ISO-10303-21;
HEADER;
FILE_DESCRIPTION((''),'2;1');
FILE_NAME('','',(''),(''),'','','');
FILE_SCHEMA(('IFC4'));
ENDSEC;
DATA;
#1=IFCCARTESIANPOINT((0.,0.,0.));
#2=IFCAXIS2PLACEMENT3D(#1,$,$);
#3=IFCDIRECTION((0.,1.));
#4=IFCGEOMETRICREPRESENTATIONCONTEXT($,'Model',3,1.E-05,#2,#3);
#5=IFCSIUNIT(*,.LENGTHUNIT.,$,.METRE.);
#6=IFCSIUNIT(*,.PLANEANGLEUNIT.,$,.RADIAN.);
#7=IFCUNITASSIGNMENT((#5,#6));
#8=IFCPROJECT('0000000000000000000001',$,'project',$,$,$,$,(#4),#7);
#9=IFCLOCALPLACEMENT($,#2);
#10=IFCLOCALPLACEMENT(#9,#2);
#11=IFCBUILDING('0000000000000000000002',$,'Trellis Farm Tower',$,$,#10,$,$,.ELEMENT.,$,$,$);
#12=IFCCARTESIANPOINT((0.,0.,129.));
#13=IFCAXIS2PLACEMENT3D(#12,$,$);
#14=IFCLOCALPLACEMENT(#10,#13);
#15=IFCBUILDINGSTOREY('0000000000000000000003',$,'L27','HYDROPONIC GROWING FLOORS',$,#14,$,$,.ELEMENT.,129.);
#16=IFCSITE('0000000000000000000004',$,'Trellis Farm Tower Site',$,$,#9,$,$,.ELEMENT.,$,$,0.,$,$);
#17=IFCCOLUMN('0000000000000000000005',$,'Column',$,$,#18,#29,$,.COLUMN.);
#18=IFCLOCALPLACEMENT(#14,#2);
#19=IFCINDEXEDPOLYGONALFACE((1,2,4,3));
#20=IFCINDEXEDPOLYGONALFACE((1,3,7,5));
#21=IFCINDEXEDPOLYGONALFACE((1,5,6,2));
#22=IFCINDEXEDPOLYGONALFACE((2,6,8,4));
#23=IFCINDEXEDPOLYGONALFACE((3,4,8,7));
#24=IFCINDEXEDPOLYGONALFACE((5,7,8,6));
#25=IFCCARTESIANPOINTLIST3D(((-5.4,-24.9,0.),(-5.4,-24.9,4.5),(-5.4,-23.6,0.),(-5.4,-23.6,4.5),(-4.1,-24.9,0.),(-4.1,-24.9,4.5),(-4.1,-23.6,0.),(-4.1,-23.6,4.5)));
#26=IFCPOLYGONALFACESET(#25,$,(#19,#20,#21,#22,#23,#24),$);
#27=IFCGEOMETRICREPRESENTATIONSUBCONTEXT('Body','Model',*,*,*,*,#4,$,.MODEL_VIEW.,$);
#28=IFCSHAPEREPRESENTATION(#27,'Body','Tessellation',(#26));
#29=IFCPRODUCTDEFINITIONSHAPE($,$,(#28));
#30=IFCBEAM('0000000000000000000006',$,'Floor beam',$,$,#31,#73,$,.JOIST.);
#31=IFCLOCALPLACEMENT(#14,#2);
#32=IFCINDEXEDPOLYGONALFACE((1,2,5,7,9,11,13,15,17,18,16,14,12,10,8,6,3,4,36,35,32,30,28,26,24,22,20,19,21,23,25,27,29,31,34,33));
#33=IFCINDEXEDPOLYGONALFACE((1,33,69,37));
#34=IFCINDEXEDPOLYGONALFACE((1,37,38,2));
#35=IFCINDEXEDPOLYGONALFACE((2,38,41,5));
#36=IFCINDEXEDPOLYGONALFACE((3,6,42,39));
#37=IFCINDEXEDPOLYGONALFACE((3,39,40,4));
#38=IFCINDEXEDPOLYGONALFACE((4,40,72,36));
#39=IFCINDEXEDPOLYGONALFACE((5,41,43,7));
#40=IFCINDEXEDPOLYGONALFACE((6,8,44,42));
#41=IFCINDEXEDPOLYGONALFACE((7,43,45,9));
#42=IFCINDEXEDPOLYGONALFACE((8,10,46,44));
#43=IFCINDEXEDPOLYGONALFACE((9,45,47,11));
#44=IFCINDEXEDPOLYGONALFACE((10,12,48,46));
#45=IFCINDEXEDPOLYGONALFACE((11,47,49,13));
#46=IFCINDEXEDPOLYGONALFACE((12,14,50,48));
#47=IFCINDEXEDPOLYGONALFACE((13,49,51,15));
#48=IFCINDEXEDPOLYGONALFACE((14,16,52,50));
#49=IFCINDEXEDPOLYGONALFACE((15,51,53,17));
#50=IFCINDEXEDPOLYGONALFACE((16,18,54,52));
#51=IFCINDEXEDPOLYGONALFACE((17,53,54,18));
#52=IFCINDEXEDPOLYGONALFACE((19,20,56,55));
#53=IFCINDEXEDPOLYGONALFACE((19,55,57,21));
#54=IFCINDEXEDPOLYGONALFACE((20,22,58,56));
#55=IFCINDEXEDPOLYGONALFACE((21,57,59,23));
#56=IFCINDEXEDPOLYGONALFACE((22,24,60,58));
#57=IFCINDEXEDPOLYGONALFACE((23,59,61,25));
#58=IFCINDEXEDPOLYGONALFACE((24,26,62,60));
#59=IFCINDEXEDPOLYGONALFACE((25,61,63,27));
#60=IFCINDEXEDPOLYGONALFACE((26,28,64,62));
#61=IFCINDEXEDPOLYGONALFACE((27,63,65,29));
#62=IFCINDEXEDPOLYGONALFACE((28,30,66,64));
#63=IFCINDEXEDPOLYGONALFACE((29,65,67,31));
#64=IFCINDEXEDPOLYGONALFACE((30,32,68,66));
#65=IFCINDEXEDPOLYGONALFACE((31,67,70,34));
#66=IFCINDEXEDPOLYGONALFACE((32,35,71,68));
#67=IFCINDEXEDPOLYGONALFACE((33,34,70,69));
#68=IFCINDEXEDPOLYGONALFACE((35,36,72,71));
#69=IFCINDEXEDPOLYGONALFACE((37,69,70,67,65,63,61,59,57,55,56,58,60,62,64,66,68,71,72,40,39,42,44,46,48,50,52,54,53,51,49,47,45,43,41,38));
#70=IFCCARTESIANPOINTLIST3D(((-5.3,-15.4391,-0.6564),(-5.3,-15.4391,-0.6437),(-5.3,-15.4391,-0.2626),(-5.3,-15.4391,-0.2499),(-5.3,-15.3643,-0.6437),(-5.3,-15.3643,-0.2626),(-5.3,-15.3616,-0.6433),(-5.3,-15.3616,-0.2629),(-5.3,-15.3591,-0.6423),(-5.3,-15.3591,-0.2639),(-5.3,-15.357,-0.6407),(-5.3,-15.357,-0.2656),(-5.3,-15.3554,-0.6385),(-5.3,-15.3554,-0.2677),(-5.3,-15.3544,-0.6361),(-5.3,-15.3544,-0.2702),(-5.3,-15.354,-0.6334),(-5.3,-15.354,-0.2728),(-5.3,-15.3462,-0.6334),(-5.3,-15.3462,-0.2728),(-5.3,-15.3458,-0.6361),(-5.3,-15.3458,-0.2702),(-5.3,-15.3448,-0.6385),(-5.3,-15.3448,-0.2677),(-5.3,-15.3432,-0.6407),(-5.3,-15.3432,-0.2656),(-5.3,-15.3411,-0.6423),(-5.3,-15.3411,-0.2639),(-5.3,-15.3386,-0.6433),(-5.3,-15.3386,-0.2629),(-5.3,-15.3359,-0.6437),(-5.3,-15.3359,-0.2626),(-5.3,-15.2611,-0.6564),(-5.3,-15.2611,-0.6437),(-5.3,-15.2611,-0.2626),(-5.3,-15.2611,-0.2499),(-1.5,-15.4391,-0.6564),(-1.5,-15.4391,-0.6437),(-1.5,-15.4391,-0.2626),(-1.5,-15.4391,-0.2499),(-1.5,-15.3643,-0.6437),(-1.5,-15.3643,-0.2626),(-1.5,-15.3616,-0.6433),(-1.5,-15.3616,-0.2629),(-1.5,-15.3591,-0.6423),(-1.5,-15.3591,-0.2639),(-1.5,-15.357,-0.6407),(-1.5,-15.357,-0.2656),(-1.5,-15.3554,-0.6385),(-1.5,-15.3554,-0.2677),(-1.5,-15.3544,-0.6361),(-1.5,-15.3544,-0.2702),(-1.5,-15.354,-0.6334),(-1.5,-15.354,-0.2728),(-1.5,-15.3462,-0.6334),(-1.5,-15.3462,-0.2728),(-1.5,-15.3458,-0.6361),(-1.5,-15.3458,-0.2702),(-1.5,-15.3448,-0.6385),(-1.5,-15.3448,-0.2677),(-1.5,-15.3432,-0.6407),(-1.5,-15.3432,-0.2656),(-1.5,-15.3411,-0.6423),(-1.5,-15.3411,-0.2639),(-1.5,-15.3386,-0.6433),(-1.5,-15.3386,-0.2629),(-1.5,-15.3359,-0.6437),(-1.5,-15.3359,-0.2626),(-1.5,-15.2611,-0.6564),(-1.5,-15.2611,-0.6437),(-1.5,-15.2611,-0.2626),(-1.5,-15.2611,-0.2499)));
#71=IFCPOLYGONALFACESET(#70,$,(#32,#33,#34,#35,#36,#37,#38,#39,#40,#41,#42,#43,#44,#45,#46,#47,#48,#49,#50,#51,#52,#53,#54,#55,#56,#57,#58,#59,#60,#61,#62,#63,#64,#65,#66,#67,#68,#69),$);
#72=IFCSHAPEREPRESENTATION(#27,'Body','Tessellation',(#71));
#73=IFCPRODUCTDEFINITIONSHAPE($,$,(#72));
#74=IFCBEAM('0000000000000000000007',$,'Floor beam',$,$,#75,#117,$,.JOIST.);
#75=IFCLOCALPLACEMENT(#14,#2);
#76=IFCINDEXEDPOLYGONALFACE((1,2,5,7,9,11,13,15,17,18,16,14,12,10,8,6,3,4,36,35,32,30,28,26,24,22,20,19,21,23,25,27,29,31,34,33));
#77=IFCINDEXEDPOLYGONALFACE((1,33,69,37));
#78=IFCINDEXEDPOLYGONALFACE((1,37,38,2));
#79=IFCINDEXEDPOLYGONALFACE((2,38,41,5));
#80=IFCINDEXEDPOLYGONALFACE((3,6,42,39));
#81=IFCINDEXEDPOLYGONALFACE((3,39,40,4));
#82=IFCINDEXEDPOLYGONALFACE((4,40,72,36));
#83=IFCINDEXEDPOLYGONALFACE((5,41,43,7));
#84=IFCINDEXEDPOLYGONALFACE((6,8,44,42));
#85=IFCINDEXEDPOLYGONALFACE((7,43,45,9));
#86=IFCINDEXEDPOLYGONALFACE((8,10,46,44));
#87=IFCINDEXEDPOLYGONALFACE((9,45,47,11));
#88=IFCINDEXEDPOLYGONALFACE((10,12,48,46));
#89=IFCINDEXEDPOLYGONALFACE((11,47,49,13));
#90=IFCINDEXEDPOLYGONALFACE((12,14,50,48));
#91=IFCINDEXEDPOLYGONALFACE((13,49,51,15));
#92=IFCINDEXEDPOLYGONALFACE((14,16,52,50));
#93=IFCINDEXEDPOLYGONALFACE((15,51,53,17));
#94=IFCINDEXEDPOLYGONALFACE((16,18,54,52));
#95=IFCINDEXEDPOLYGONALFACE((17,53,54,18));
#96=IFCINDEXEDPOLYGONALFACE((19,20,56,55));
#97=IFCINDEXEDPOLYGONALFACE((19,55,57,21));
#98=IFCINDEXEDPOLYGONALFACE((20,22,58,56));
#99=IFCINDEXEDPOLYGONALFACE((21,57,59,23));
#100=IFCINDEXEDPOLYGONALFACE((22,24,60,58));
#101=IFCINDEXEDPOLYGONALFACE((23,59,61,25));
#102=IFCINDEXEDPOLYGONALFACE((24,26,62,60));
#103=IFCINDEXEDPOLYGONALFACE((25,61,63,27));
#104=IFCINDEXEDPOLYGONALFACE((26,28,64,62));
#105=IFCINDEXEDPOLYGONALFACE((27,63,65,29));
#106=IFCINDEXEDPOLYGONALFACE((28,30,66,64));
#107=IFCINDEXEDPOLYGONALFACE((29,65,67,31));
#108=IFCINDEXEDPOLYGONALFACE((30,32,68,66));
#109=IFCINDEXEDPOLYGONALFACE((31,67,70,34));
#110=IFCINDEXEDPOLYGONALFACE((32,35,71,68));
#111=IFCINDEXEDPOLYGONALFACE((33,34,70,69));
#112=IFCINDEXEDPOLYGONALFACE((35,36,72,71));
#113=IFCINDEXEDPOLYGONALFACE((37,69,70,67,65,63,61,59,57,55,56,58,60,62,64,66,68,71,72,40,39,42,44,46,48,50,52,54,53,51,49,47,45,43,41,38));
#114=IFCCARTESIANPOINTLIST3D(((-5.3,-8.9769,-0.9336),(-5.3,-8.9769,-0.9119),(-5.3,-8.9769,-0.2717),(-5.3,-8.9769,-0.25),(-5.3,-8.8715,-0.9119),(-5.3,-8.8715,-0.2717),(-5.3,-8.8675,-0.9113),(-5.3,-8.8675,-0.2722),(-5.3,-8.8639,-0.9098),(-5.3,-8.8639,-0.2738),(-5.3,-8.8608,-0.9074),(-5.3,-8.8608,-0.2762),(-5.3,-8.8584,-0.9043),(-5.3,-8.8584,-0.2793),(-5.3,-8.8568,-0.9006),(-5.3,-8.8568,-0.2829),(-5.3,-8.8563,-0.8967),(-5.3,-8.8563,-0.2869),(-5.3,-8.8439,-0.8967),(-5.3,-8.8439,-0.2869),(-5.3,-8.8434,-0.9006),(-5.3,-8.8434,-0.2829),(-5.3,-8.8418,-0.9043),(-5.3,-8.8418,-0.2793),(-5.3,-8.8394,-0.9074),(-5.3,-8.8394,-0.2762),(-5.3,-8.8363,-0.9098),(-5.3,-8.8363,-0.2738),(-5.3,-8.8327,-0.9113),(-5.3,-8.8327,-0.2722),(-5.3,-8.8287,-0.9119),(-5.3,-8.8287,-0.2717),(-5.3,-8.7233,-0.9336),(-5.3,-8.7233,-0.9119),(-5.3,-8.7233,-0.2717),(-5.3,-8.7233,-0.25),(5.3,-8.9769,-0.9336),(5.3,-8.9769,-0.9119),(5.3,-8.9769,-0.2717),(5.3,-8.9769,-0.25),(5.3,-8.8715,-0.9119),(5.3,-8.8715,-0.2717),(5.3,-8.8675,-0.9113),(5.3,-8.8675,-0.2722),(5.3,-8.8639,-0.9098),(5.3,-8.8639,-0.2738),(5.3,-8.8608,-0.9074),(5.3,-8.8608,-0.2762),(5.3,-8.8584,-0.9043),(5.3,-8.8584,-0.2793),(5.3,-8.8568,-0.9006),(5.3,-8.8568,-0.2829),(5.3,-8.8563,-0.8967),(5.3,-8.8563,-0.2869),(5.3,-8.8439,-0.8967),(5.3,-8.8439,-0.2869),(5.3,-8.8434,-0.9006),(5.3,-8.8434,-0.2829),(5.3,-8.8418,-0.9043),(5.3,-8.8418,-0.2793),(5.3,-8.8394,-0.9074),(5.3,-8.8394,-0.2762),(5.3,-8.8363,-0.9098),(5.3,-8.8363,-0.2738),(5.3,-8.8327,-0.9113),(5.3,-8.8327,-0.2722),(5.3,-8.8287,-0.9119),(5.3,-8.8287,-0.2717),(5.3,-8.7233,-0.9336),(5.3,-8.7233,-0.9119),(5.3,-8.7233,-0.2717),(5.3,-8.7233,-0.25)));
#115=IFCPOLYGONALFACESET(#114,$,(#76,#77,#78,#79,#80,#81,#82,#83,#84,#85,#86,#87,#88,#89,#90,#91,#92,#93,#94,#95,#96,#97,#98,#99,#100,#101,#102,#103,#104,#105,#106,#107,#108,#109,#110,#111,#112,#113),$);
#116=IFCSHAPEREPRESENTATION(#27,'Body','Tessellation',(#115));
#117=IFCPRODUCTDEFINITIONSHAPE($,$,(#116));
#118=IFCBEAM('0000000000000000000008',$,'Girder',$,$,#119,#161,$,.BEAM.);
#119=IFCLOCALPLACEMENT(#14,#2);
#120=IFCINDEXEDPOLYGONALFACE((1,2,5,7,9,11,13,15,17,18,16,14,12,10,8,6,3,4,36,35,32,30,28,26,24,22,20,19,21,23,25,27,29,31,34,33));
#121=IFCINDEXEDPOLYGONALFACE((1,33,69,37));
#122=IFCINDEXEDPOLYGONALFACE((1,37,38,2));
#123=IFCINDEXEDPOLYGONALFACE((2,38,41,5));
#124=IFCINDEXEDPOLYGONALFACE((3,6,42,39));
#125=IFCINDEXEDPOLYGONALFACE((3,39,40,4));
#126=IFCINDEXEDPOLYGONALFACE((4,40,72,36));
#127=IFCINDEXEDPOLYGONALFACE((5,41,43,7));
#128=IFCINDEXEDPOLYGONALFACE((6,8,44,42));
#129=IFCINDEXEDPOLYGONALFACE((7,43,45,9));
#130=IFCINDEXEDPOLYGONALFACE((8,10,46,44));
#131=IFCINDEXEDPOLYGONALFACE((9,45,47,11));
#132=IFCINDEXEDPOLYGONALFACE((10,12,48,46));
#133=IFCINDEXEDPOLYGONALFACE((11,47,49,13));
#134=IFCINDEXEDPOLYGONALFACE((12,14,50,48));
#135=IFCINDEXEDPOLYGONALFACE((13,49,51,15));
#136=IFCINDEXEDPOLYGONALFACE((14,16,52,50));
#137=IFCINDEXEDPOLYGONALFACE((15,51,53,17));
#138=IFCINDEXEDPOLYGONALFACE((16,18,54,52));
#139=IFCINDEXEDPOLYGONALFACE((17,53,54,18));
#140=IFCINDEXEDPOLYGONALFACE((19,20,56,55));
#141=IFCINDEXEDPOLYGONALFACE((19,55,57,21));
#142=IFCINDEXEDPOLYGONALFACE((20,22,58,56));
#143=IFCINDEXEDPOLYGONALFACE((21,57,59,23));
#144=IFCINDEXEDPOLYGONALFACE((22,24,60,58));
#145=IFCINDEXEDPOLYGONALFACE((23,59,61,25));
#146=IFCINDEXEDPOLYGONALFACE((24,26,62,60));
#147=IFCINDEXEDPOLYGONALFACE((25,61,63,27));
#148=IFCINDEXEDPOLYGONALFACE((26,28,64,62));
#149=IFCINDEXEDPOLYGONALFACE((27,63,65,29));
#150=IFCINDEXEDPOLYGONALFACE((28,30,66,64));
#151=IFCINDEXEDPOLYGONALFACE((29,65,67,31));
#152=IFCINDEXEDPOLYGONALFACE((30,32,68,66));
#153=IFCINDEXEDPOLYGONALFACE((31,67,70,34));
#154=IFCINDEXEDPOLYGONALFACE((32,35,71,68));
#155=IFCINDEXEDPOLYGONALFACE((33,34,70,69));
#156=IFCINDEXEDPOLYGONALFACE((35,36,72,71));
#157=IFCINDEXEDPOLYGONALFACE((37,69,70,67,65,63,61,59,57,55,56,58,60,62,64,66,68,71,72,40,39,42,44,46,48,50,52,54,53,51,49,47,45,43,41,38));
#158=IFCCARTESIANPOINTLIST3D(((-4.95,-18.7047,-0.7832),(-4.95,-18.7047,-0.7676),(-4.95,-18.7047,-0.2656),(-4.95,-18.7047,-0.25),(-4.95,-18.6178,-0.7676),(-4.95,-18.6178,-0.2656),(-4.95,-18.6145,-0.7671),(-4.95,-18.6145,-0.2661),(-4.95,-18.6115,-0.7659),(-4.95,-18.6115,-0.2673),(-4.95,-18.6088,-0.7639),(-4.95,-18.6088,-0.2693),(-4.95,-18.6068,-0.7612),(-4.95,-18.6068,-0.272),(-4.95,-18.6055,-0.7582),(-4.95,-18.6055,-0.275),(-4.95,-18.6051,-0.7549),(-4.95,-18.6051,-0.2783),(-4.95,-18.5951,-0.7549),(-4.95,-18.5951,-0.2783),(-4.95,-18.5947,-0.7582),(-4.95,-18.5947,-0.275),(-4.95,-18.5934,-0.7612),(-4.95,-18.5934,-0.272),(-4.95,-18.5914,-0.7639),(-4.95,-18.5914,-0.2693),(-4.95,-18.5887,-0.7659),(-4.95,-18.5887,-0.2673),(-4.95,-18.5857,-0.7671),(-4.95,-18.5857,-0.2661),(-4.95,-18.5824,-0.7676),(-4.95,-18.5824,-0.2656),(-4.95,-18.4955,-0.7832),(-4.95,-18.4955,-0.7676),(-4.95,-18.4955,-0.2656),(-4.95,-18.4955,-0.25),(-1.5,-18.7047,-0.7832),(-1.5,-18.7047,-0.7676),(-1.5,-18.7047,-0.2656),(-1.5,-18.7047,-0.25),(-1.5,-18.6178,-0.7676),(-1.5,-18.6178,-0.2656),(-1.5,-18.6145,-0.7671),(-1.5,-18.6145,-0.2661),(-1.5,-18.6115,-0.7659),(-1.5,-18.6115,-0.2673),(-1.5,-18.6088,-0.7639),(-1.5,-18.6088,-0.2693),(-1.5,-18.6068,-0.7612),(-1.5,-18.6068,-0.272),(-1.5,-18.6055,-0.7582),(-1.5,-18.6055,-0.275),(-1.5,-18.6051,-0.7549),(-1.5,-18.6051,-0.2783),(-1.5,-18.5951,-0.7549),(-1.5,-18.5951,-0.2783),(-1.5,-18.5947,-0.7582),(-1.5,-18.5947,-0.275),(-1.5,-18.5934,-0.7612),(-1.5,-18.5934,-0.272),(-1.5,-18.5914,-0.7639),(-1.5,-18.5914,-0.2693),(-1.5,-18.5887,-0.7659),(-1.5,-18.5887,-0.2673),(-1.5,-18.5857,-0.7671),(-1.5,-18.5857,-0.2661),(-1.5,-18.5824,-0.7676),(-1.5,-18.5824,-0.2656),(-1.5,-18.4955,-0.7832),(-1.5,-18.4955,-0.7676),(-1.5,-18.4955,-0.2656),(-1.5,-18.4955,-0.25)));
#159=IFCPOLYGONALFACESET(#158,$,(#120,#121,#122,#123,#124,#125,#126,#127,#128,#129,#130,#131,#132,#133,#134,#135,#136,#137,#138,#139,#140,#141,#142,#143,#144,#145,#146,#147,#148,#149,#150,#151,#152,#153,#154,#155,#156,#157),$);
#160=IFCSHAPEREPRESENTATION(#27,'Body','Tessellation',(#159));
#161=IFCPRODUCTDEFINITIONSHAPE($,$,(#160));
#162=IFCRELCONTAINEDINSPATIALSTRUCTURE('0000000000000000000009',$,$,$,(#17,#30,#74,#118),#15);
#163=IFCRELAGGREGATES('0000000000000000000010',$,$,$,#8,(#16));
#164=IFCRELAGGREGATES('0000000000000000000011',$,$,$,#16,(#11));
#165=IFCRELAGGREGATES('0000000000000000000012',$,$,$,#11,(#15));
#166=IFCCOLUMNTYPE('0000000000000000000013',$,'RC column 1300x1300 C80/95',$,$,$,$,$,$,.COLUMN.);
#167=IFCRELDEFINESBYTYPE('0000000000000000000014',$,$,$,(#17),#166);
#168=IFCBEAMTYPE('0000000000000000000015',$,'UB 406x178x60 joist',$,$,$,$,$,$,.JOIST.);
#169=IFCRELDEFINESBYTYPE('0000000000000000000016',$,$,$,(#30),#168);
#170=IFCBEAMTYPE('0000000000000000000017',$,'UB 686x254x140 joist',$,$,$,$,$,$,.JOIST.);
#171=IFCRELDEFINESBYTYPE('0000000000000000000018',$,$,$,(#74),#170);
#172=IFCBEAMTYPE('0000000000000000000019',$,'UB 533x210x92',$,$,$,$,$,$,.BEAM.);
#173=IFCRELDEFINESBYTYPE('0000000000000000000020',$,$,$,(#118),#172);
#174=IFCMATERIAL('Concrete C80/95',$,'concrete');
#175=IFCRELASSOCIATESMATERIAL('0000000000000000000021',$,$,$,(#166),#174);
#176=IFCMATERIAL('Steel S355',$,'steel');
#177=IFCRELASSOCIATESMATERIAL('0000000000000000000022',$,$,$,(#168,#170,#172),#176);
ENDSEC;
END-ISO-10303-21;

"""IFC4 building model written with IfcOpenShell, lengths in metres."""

from ifc_helpers import new_model, si_unit, direction, frame, origin, origin_2d, place, context, subcontext, project, spatial, rectangle, i_section, extrude, source, transform, mapped, material, material_profile, profile_set, type_object, element, save


model = new_model("IFC4")

# Units and contexts
model_context = context("Model", 3, precision=1e-05, world=origin(), true_north=direction((0.0, 1.0)))
body_context = subcontext(model_context, "Body", "Model", "MODEL_VIEW")
ifc_project = project(units=[si_unit("LENGTHUNIT", "METRE"), si_unit("PLANEANGLEUNIT", "RADIAN")], contexts=[model_context])

# Site, building, storey
site_placement = place(None, origin())
site = spatial("IfcSite", under=ifc_project, at=site_placement, Name="Trellis Farm Tower Site", CompositionType="ELEMENT", RefElevation=0.0)
building_placement = place(site_placement, origin())
building = spatial("IfcBuilding", under=site, at=building_placement, Name="Trellis Farm Tower", CompositionType="ELEMENT")
storey_placement = place(building_placement, frame((0.0, 0.0, 129.0)))
storey = spatial("IfcBuildingStorey", under=building, at=storey_placement, Name="L27", Description="HYDROPONIC GROWING FLOORS", CompositionType="ELEMENT", Elevation=129.0)

# Column
ifc_material_1 = material(Name="Concrete C80/95", Category="concrete")
ifc_material_profile_1 = material_profile(ifc_material_1, rectangle(XDim=1.3, YDim=1.3, at=origin_2d()), Name="RC column 1300x1300 C80/95")
ifc_profile_set_1 = profile_set([ifc_material_profile_1], Name="Concrete C80/95")
column_type = type_object("IfcColumnType", Name="RC column 1300x1300 C80/95", PredefinedType="COLUMN", material=ifc_profile_set_1)
shared_shape_1 = source(origin(), body_context, "Body", "SweptSolid", [
    extrude(rectangle(XDim=1.3, YDim=1.3, at=origin_2d()), origin(), (0.0, 0.0, 1.0), 4.5),
])
column_placement = place(storey_placement, frame((-4.75, -24.25, 0.0), z_axis=(0.0, 0.0, 1.0), x_axis=(1.0, 0.0, 0.0)))
element("IfcColumn", 1, at=column_placement, inside=storey, type_object=column_type, Name="Column", PredefinedType="COLUMN", context=body_context, shape_type="MappedRepresentation", body=[
    mapped(shared_shape_1, transform((0.0, 0.0, 0.0))),
])

# Beams
ifc_material_2 = material(Name="Steel S355", Category="steel")
ifc_material_profile_2 = material_profile(ifc_material_2, i_section(OverallWidth=0.178, OverallDepth=0.4065, WebThickness=0.0078, FlangeThickness=0.0127, FilletRadius=0.0103, at=origin_2d()), Name="UB 406x178x60")
ifc_profile_set_2 = profile_set([ifc_material_profile_2], Name="Steel S355")
beam_type_1 = type_object("IfcBeamType", Name="UB 406x178x60 joist", PredefinedType="JOIST", material=ifc_profile_set_2)
shared_shape_2 = source(origin(), body_context, "Body", "SweptSolid", [
    extrude(i_section(OverallWidth=0.178, OverallDepth=0.4065, WebThickness=0.0078, FlangeThickness=0.0127, FilletRadius=0.0103, at=origin_2d()), origin(), (0.0, 0.0, 1.0), 3.8),
])
beam_1_placement = place(storey_placement, frame((-5.3, -15.3501, -0.4531), z_axis=(1.0, 0.0, 0.0), x_axis=(0.0, 1.0, 0.0)))
element("IfcBeam", 2, at=beam_1_placement, inside=storey, type_object=beam_type_1, Name="Floor beam", PredefinedType="JOIST", context=body_context, shape_type="MappedRepresentation", body=[
    mapped(shared_shape_2, transform((0.0, 0.0, 0.0))),
])
ifc_material_profile_3 = material_profile(ifc_material_2, i_section(OverallWidth=0.2537, OverallDepth=0.6836, WebThickness=0.0125, FlangeThickness=0.0217, FilletRadius=0.0151, at=origin_2d()), Name="UB 686x254x140")
ifc_profile_set_3 = profile_set([ifc_material_profile_3], Name="Steel S355")
beam_type_2 = type_object("IfcBeamType", Name="UB 686x254x140 joist", PredefinedType="JOIST", material=ifc_profile_set_3)
shared_shape_3 = source(origin(), body_context, "Body", "SweptSolid", [
    extrude(i_section(OverallWidth=0.2537, OverallDepth=0.6836, WebThickness=0.0125, FlangeThickness=0.0217, FilletRadius=0.0151, at=origin_2d()), origin(), (0.0, 0.0, 1.0), 10.6001),
])
beam_2_placement = place(storey_placement, frame((-5.3, -8.8501, -0.5918), z_axis=(1.0, 0.0, 0.0), x_axis=(0.0, 1.0, 0.0)))
element("IfcBeam", 3, at=beam_2_placement, inside=storey, type_object=beam_type_2, Name="Floor beam", PredefinedType="JOIST", context=body_context, shape_type="MappedRepresentation", body=[
    mapped(shared_shape_3, transform((0.0, 0.0, 0.0))),
])
ifc_material_profile_4 = material_profile(ifc_material_2, i_section(OverallWidth=0.2092, OverallDepth=0.5332, WebThickness=0.01, FlangeThickness=0.0156, FilletRadius=0.0127, at=origin_2d()), Name="UB 533x210x92")
ifc_profile_set_4 = profile_set([ifc_material_profile_4], Name="Steel S355")
beam_type_3 = type_object("IfcBeamType", Name="UB 533x210x92", PredefinedType="BEAM", material=ifc_profile_set_4)
shared_shape_4 = source(origin(), body_context, "Body", "SweptSolid", [
    extrude(i_section(OverallWidth=0.2092, OverallDepth=0.5332, WebThickness=0.01, FlangeThickness=0.0156, FilletRadius=0.0127, at=origin_2d()), origin(), (0.0, 0.0, 1.0), 3.45),
])
beam_3_placement = place(storey_placement, frame((-4.95, -18.6001, -0.5166), z_axis=(1.0, 0.0, 0.0), x_axis=(0.0, 1.0, 0.0)))
element("IfcBeam", 4, at=beam_3_placement, inside=storey, type_object=beam_type_3, Name="Girder", PredefinedType="BEAM", context=body_context, shape_type="MappedRepresentation", body=[
    mapped(shared_shape_4, transform((0.0, 0.0, 0.0))),
])

save(model, "model.ifc")
